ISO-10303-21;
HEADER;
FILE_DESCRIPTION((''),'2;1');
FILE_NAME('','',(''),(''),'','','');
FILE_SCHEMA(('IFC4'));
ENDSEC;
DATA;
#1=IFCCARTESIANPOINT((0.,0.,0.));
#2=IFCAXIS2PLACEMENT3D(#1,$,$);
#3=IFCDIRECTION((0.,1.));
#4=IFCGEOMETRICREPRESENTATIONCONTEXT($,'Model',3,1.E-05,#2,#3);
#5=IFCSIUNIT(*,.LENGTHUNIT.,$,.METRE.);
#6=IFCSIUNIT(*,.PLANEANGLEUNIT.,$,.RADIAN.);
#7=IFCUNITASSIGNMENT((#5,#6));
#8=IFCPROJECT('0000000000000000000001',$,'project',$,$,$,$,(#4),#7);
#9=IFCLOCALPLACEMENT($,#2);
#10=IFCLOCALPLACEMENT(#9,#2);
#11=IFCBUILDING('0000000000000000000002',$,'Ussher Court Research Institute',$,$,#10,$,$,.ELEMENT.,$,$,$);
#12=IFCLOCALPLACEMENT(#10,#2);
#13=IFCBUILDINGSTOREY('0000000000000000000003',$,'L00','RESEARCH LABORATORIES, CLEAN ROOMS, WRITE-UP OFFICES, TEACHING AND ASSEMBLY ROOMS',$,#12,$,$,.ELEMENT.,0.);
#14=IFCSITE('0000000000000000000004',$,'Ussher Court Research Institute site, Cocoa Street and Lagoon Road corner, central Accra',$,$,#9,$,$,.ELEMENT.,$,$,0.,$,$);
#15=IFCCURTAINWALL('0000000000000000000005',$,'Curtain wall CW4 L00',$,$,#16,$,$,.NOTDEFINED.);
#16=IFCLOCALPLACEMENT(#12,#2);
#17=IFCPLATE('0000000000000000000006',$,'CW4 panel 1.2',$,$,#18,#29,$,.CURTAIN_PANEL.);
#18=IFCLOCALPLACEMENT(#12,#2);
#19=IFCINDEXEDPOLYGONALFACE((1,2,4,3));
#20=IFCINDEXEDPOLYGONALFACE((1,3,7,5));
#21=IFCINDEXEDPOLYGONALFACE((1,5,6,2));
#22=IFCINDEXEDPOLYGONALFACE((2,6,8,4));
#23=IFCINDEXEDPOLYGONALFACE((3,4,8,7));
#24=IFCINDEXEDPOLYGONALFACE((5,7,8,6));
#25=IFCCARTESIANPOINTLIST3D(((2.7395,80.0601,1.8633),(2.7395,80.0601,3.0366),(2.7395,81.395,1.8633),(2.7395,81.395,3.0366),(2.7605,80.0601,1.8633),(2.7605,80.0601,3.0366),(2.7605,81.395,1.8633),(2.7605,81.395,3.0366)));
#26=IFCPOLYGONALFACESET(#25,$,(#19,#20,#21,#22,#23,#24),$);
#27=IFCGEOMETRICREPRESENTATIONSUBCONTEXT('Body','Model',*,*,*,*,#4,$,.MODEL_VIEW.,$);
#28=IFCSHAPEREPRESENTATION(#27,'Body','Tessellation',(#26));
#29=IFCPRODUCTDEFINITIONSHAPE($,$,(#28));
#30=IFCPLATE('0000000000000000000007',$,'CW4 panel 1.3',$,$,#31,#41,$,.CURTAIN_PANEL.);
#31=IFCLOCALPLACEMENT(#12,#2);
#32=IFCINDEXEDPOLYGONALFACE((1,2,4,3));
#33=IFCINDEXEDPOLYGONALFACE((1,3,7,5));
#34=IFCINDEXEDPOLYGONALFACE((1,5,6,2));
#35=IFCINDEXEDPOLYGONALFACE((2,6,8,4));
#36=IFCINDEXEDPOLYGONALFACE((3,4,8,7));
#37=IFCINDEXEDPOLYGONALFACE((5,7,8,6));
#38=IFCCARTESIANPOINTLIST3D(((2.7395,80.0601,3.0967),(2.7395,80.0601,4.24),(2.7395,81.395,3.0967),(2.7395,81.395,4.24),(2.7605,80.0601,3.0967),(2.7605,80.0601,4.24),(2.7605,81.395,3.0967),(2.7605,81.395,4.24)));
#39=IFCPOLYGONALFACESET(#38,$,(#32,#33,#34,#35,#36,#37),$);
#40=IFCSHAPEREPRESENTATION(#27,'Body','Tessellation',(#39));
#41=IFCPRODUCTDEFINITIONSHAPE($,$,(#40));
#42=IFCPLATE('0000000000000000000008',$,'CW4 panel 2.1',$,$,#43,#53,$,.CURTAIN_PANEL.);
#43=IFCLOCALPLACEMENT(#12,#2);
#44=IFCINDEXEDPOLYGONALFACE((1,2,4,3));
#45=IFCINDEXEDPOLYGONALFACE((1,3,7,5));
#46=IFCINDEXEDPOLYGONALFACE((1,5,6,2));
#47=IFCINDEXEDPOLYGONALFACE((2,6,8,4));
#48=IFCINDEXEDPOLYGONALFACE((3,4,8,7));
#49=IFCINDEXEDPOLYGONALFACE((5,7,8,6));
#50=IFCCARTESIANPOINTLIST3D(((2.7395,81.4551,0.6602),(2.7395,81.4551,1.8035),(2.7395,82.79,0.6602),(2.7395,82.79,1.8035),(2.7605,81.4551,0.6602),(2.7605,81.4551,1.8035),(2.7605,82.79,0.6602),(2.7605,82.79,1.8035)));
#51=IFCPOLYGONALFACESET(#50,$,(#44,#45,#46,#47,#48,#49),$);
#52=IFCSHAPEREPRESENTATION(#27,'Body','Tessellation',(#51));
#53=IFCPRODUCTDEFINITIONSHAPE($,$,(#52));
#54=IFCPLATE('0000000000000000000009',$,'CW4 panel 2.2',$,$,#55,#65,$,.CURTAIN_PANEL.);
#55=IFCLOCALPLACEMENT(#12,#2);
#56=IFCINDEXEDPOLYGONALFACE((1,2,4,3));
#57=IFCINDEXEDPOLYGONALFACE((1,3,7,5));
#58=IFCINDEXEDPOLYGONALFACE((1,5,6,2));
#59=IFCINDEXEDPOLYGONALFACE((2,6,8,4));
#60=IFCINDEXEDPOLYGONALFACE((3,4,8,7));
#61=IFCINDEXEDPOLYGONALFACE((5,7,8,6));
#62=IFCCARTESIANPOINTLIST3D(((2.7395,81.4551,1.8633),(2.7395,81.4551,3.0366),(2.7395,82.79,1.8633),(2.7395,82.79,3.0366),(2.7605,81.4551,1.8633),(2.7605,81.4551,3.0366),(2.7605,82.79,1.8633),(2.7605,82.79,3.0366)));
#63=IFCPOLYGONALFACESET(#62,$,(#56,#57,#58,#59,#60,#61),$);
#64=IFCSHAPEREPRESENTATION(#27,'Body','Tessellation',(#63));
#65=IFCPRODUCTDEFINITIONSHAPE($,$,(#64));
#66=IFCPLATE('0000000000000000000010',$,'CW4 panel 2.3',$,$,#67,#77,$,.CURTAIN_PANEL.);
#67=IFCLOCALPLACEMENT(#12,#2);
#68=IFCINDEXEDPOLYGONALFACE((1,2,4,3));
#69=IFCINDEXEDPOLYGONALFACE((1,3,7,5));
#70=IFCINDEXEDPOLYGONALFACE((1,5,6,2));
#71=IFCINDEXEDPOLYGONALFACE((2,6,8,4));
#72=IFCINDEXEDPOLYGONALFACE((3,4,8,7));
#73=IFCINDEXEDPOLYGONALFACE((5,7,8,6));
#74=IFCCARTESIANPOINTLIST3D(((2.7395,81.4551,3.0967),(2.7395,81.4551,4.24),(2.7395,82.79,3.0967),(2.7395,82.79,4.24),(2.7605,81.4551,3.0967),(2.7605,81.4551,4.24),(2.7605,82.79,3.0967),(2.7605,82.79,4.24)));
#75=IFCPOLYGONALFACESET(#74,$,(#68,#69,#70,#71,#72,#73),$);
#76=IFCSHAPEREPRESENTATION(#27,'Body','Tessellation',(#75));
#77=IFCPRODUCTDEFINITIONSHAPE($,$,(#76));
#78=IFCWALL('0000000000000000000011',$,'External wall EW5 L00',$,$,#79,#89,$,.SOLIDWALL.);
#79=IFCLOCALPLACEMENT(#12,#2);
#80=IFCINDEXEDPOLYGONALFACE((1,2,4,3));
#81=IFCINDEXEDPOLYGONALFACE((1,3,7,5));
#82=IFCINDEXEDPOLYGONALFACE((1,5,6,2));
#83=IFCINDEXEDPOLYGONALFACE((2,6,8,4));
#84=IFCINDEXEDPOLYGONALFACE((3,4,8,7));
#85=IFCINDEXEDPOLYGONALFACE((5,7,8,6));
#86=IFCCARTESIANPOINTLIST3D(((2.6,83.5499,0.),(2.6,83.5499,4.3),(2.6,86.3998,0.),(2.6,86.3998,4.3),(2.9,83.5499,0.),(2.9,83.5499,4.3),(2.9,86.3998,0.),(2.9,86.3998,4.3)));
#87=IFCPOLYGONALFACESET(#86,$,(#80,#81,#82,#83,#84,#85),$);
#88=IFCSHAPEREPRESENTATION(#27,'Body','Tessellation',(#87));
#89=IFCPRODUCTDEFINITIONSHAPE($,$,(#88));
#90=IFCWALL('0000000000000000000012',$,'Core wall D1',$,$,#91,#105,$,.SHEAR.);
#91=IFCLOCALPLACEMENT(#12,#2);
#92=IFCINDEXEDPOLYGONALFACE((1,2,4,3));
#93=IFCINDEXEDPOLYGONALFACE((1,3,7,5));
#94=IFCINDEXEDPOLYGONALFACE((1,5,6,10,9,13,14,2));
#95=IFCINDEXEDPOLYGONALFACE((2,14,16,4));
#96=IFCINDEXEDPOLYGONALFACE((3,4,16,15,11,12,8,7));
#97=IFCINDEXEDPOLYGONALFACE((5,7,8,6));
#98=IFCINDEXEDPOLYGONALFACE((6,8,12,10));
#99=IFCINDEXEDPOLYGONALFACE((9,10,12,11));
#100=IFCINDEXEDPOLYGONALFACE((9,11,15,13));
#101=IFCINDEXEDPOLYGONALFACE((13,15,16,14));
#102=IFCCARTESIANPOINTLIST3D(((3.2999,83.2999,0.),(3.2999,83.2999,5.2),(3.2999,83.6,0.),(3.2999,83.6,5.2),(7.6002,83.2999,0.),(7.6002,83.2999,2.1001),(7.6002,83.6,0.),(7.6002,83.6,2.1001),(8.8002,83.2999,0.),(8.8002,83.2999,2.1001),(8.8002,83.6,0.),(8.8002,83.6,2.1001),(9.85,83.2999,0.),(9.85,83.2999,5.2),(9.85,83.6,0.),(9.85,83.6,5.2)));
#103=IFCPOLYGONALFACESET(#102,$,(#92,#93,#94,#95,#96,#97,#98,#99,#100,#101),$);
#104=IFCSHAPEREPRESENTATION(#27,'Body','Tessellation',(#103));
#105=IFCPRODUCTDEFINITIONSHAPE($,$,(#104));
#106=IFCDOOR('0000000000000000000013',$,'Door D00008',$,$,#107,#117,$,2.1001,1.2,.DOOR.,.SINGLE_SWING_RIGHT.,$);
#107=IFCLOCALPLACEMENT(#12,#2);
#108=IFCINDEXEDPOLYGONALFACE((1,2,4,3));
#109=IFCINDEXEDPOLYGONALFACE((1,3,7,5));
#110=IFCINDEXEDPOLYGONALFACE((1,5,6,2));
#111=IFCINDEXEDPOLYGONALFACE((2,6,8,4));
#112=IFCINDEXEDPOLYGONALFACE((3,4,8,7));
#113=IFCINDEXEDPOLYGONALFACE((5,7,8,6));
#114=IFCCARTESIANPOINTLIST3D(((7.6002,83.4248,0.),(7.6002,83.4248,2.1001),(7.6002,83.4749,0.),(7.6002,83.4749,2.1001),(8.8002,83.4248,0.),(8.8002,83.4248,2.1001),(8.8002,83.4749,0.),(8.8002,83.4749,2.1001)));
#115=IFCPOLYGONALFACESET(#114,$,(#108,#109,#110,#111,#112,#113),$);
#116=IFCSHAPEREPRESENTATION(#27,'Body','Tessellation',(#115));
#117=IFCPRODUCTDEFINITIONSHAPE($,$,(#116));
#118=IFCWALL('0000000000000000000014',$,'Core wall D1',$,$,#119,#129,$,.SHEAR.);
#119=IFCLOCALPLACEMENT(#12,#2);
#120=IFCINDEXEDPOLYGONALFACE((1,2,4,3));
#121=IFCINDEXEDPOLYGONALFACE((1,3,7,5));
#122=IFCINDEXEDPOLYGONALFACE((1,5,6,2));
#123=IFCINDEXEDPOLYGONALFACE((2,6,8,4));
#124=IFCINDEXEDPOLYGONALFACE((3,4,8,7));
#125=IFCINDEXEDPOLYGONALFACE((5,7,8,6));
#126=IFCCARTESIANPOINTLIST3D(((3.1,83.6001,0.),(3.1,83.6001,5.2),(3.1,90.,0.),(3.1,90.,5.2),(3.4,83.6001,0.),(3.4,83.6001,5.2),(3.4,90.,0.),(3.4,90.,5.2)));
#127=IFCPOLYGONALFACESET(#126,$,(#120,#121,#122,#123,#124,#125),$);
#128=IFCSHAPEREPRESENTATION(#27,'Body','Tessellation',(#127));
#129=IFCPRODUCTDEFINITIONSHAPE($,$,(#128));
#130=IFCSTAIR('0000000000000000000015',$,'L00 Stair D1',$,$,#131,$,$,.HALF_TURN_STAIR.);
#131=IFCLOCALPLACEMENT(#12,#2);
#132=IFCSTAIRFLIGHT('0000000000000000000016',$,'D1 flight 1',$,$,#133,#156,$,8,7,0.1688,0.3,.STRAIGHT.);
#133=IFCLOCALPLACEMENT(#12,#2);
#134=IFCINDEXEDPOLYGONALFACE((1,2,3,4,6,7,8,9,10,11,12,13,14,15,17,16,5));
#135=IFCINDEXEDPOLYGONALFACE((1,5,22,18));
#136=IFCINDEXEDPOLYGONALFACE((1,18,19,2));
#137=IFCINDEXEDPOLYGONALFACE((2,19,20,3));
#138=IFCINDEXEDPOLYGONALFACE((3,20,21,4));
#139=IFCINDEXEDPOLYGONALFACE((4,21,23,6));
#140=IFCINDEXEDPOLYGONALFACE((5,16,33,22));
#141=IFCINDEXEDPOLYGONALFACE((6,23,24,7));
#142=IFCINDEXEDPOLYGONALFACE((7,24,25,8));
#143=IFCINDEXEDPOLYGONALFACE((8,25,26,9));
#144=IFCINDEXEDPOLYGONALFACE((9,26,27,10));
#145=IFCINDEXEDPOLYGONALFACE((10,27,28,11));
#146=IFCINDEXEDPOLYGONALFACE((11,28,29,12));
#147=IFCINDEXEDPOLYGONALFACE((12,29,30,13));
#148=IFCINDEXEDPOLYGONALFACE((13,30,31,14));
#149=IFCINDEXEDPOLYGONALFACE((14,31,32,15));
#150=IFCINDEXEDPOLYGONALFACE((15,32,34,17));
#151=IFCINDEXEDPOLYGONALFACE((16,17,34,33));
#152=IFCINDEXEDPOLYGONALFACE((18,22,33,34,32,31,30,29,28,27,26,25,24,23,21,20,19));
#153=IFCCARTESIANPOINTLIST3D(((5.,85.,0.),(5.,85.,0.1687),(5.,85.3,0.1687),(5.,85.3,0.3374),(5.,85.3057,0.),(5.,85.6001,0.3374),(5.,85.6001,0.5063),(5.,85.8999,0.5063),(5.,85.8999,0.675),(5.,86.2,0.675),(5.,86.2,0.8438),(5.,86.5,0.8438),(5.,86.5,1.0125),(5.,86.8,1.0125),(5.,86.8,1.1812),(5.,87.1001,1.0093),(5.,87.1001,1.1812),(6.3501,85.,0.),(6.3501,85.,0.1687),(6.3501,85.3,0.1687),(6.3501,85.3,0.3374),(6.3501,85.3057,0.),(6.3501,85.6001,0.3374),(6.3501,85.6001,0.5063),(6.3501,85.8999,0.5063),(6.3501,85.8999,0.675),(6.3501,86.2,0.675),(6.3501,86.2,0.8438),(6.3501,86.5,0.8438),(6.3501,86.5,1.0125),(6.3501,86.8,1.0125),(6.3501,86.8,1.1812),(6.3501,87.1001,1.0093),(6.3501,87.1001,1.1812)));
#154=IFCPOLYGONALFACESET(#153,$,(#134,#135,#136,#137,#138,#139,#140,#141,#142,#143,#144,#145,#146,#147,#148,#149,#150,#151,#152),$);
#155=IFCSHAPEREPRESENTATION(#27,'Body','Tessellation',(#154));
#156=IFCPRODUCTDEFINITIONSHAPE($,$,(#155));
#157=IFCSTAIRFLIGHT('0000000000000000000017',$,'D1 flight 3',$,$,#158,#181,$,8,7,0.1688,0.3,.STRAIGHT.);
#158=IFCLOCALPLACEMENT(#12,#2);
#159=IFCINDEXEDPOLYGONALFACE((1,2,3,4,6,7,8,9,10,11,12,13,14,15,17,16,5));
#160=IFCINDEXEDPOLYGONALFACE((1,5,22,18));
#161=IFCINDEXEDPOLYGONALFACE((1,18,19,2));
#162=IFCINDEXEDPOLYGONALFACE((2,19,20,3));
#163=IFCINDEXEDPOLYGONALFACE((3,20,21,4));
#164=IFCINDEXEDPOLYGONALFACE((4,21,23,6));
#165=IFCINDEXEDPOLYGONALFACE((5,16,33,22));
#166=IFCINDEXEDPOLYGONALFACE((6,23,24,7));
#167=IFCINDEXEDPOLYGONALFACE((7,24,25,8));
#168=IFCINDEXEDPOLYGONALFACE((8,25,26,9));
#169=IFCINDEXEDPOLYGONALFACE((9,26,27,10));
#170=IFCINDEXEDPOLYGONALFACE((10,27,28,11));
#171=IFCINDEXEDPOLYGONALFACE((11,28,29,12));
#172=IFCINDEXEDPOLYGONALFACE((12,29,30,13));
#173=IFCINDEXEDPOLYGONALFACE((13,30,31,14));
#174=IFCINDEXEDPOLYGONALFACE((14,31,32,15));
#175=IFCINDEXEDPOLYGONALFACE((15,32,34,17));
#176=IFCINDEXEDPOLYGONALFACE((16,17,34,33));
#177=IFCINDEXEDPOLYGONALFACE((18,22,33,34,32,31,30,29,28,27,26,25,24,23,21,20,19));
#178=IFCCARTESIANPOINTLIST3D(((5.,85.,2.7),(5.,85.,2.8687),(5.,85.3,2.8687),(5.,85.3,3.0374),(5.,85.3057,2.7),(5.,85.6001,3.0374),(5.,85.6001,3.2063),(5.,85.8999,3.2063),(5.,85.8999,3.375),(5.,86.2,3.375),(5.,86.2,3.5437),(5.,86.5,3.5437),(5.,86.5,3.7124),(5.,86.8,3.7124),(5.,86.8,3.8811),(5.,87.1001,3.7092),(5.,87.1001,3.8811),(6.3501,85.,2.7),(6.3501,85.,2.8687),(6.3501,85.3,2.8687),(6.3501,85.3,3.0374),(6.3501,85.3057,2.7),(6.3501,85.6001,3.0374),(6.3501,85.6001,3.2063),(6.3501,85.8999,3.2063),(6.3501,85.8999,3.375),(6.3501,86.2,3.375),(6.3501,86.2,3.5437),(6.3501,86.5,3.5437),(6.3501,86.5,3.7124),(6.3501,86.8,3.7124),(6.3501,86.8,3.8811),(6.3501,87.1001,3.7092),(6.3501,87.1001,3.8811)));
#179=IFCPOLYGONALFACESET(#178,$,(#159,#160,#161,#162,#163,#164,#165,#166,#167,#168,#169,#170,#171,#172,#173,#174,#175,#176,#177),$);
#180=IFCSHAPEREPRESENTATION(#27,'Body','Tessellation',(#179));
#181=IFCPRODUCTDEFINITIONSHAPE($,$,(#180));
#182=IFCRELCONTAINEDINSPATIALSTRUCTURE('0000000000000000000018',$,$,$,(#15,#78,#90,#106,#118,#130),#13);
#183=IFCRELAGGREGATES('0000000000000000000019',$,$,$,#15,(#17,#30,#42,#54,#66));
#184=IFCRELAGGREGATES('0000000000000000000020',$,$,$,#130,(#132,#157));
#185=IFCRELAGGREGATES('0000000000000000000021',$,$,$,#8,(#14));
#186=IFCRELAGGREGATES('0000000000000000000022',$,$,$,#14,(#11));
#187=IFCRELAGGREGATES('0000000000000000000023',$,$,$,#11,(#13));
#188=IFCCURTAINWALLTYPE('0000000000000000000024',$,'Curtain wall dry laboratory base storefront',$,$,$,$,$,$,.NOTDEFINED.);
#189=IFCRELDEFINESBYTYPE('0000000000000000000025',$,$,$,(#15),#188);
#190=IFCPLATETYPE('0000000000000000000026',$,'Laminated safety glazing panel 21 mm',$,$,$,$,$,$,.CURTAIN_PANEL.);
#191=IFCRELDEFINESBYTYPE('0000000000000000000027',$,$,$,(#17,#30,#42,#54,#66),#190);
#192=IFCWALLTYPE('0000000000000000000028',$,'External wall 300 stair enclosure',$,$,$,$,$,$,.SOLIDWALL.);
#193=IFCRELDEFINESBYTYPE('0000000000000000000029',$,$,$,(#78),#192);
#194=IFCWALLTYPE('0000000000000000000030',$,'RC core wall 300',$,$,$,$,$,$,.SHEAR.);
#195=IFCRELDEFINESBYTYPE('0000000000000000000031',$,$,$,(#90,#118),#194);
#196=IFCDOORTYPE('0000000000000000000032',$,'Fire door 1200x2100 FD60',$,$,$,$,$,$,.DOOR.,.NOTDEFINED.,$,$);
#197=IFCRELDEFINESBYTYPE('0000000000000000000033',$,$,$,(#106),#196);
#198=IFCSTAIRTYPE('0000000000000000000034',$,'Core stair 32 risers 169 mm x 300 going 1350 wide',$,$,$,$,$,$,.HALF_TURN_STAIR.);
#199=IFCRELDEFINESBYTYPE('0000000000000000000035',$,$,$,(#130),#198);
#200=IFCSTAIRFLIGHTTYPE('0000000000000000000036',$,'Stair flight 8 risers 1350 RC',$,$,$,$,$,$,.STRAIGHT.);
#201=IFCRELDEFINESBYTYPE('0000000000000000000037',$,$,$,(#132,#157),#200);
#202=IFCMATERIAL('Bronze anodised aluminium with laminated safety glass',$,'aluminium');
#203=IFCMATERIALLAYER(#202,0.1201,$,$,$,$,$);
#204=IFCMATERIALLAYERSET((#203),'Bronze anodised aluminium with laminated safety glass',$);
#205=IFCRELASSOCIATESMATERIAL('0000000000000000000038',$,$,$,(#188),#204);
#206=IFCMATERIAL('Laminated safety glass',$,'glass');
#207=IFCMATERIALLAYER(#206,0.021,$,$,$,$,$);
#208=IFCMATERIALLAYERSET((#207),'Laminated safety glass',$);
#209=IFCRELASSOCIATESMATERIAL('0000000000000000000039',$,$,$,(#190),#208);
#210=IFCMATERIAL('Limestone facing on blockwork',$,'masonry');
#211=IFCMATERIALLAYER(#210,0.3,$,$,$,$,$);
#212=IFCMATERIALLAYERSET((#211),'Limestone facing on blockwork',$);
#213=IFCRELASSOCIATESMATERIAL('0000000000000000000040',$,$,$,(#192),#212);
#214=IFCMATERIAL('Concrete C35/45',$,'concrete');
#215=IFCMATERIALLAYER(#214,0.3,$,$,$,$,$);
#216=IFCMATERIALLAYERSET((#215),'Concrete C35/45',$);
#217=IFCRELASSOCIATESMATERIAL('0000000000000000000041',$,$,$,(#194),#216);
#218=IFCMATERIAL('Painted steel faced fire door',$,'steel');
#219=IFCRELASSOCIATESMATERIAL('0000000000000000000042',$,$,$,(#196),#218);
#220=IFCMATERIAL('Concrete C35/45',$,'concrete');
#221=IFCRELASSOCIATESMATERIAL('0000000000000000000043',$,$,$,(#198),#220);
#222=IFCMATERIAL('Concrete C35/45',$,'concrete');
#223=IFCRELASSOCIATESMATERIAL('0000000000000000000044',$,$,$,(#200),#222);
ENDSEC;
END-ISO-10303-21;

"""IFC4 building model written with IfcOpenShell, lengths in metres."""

from ifc_helpers import new_model, si_unit, direction, frame, frame_2d, origin, origin_2d, place, context, subcontext, project, spatial, polyline, rectangle, outline, extrude, material, layer, layer_set, type_object, element, fill, aggregate, save


model = new_model("IFC4")

# Units and contexts
model_context = context("Model", 3, precision=1e-05, world=origin(), true_north=direction((0.0, 1.0)))
body_context = subcontext(model_context, "Body", "Model", "MODEL_VIEW")
ifc_project = project(units=[si_unit("LENGTHUNIT", "METRE"), si_unit("PLANEANGLEUNIT", "RADIAN")], contexts=[model_context])

# Site, building, storey
site_placement = place(None, origin())
site = spatial("IfcSite", under=ifc_project, at=site_placement, Name="Ussher Court Research Institute site, Cocoa Street and Lagoon Road corner, central Accra", CompositionType="ELEMENT", RefElevation=0.0)
building_placement = place(site_placement, origin())
building = spatial("IfcBuilding", under=site, at=building_placement, Name="Ussher Court Research Institute", CompositionType="ELEMENT")
storey_placement = place(building_placement, origin())
storey = spatial("IfcBuildingStorey", under=building, at=storey_placement, Name="L00", Description="RESEARCH LABORATORIES, CLEAN ROOMS, WRITE-UP OFFICES, TEACHING AND ASSEMBLY ROOMS", CompositionType="ELEMENT", Elevation=0.0)

# Curtain wall, plates
ifc_material_1 = material(Name="Bronze anodised aluminium with laminated safety glass", Category="aluminium")
ifc_layer_1 = layer(ifc_material_1, 0.1201)
ifc_layer_set_1 = layer_set([ifc_layer_1], Name="Bronze anodised aluminium with laminated safety glass")
curtain_wall_type = type_object("IfcCurtainWallType", Name="Curtain wall dry laboratory base storefront", PredefinedType="NOTDEFINED", material=ifc_layer_set_1)
curtain_wall_placement = place(storey_placement, origin())
curtain_wall = element("IfcCurtainWall", 1, at=curtain_wall_placement, inside=storey, type_object=curtain_wall_type, Name="Curtain wall CW4 L00", PredefinedType="NOTDEFINED")
ifc_material_2 = material(Name="Laminated safety glass", Category="glass")
ifc_layer_2 = layer(ifc_material_2, 0.021)
ifc_layer_set_2 = layer_set([ifc_layer_2], Name="Laminated safety glass")
plate_type = type_object("IfcPlateType", Name="Laminated safety glazing panel 21 mm", PredefinedType="CURTAIN_PANEL", material=ifc_layer_set_2)
plate_1_placement = place(storey_placement, frame((2.75, 80.7275, 1.8633), z_axis=(0.0, 0.0, 1.0), x_axis=(0.0, 1.0, 0.0)))
plate_1 = element("IfcPlate", 2, at=plate_1_placement, type_object=plate_type, Name="CW4 panel 1.2", PredefinedType="CURTAIN_PANEL", context=body_context, shape_type="SweptSolid", body=[
    extrude(rectangle(XDim=1.335, YDim=0.021, at=origin_2d()), origin(), (0.0, 0.0, 1.0), 1.1733),
])
plate_2_placement = place(storey_placement, frame((2.75, 80.7275, 3.0967), z_axis=(0.0, 0.0, 1.0), x_axis=(0.0, 1.0, 0.0)))
plate_2 = element("IfcPlate", 3, at=plate_2_placement, type_object=plate_type, Name="CW4 panel 1.3", PredefinedType="CURTAIN_PANEL", context=body_context, shape_type="SweptSolid", body=[
    extrude(rectangle(XDim=1.335, YDim=0.021, at=origin_2d()), origin(), (0.0, 0.0, 1.0), 1.1433),
])
plate_3_placement = place(storey_placement, frame((2.75, 82.1226, 0.6602), z_axis=(0.0, 0.0, 1.0), x_axis=(0.0, 1.0, 0.0)))
plate_3 = element("IfcPlate", 4, at=plate_3_placement, type_object=plate_type, Name="CW4 panel 2.1", PredefinedType="CURTAIN_PANEL", context=body_context, shape_type="SweptSolid", body=[
    extrude(rectangle(XDim=1.335, YDim=0.021, at=origin_2d()), origin(), (0.0, 0.0, 1.0), 1.1433),
])
plate_4_placement = place(storey_placement, frame((2.75, 82.1226, 1.8633), z_axis=(0.0, 0.0, 1.0), x_axis=(0.0, 1.0, 0.0)))
plate_4 = element("IfcPlate", 5, at=plate_4_placement, type_object=plate_type, Name="CW4 panel 2.2", PredefinedType="CURTAIN_PANEL", context=body_context, shape_type="SweptSolid", body=[
    extrude(rectangle(XDim=1.335, YDim=0.021, at=origin_2d()), origin(), (0.0, 0.0, 1.0), 1.1733),
])
plate_5_placement = place(storey_placement, frame((2.75, 82.1226, 3.0967), z_axis=(0.0, 0.0, 1.0), x_axis=(0.0, 1.0, 0.0)))
plate_5 = element("IfcPlate", 6, at=plate_5_placement, type_object=plate_type, Name="CW4 panel 2.3", PredefinedType="CURTAIN_PANEL", context=body_context, shape_type="SweptSolid", body=[
    extrude(rectangle(XDim=1.335, YDim=0.021, at=origin_2d()), origin(), (0.0, 0.0, 1.0), 1.1433),
])
aggregate(curtain_wall, [plate_1, plate_2, plate_3, plate_4, plate_5])

# Wall
ifc_material_3 = material(Name="Limestone facing on blockwork", Category="masonry")
ifc_layer_3 = layer(ifc_material_3, 0.3)
ifc_layer_set_3 = layer_set([ifc_layer_3], Name="Limestone facing on blockwork")
wall_type_1 = type_object("IfcWallType", Name="External wall 300 stair enclosure", PredefinedType="SOLIDWALL", material=ifc_layer_set_3)
wall_1_placement = place(storey_placement, frame((2.75, 83.55, 0.0), z_axis=(0.0, 0.0, 1.0), x_axis=(0.0, 1.0, 0.0)))
element("IfcWall", 7, at=wall_1_placement, inside=storey, type_object=wall_type_1, Name="External wall EW5 L00", PredefinedType="SOLIDWALL", context=body_context, shape_type="SweptSolid", body=[
    extrude(rectangle(XDim=2.8499, YDim=0.3, at=frame_2d((1.4248, 0.0))), origin(), (0.0, 0.0, 1.0), 4.3),
])

# Wall, opening, door
ifc_material_4 = material(Name="Concrete C35/45", Category="concrete")
ifc_layer_4 = layer(ifc_material_4, 0.3)
ifc_layer_set_4 = layer_set([ifc_layer_4], Name="Concrete C35/45")
wall_type_2 = type_object("IfcWallType", Name="RC core wall 300", PredefinedType="SHEAR", material=ifc_layer_set_4)
wall_2_placement = place(storey_placement, frame((3.3, 83.45, 0.0), z_axis=(0.0, 0.0, 1.0), x_axis=(1.0, 0.0, 0.0)))
wall_2 = element("IfcWall", 8, at=wall_2_placement, inside=storey, type_object=wall_type_2, Name="Core wall D1", PredefinedType="SHEAR", context=body_context, shape_type="SweptSolid", body=[
    extrude(rectangle(XDim=6.55, YDim=0.3, at=frame_2d((3.2749, 0.0))), origin(), (0.0, 0.0, 1.0), 5.2),
])
opening_placement = place(wall_2_placement, frame((4.3, 0.0, 0.0)))
opening = element("IfcOpeningElement", 9, at=opening_placement, cuts=wall_2, PredefinedType="OPENING", context=body_context, shape_type="SweptSolid", body=[
    extrude(rectangle(XDim=1.2, YDim=2.1001, at=frame_2d((0.6001, 1.05))), frame((0.0, 0.1602, 0.0), z_axis=(0.0, -1.0, 0.0), x_axis=(1.0, 0.0, 0.0)), (0.0, 0.0, 1.0), 0.3201),
])
ifc_material_5 = material(Name="Painted steel faced fire door", Category="steel")
door_type = type_object("IfcDoorType", Name="Fire door 1200x2100 FD60", OperationType="NOTDEFINED", PredefinedType="DOOR", material=ifc_material_5)
door_placement = place(opening_placement, origin())
door = element("IfcDoor", 10, at=door_placement, inside=storey, type_object=door_type, Name="Door D00008", OperationType="SINGLE_SWING_RIGHT", OverallHeight=2.1001, OverallWidth=1.2, PredefinedType="DOOR", context=body_context, shape_type="SweptSolid", body=[
    extrude(rectangle(XDim=1.2, YDim=2.1001, at=frame_2d((0.6001, 1.05))), frame((0.0, 0.0249, 0.0), z_axis=(0.0, -1.0, 0.0), x_axis=(1.0, 0.0, 0.0)), (0.0, 0.0, 1.0), 0.05),
])
fill(opening, door)

# Wall
wall_3_placement = place(storey_placement, frame((3.25, 83.6001, 0.0), z_axis=(0.0, 0.0, 1.0), x_axis=(0.0, 1.0, 0.0)))
element("IfcWall", 11, at=wall_3_placement, inside=storey, type_object=wall_type_2, Name="Core wall D1", PredefinedType="SHEAR", context=body_context, shape_type="SweptSolid", body=[
    extrude(rectangle(XDim=6.3999, YDim=0.3, at=frame_2d((3.2, 0.0))), origin(), (0.0, 0.0, 1.0), 5.2),
])

# Stair, stair flights
ifc_material_6 = material(Name="Concrete C35/45", Category="concrete")
stair_type = type_object("IfcStairType", Name="Core stair 32 risers 169 mm x 300 going 1350 wide", PredefinedType="HALF_TURN_STAIR", material=ifc_material_6)
stair_placement = place(storey_placement, origin())
stair = element("IfcStair", 12, at=stair_placement, inside=storey, type_object=stair_type, Name="L00 Stair D1", PredefinedType="HALF_TURN_STAIR")
ifc_material_7 = material(Name="Concrete C35/45", Category="concrete")
stair_flight_type = type_object("IfcStairFlightType", Name="Stair flight 8 risers 1350 RC", PredefinedType="STRAIGHT", material=ifc_material_7)
stair_flight_1_placement = place(storey_placement, frame((5.675, 85.0, 0.0), z_axis=(0.0, 0.0, 1.0), x_axis=(0.0, 1.0, 0.0)))
stair_flight_1 = element("IfcStairFlight", 13, at=stair_flight_1_placement, type_object=stair_flight_type, Name="D1 flight 1", NumberOfRisers=8, NumberOfTreads=7, PredefinedType="STRAIGHT", RiserHeight=0.1688, TreadLength=0.3, context=body_context, shape_type="SweptSolid", body=[
    extrude(outline(polyline([(0.0, 0.0), (0.0, 0.1687), (0.3, 0.1687), (0.3, 0.3374), (0.6001, 0.3374), (0.6001, 0.5063), (0.8999, 0.5063), (0.8999, 0.675), (1.2, 0.675), (1.2, 0.8438), (1.5, 0.8438), (1.5, 1.0125), (1.8, 1.0125), (1.8, 1.1812), (2.1001, 1.1812), (2.1001, 1.3501), (2.1001, 1.0093), (0.3057, 0.0), (0.0, 0.0)])), frame((0.0, 0.675, 0.0), z_axis=(0.0, -1.0, 0.0), x_axis=(1.0, 0.0, 0.0)), (0.0, 0.0, 1.0), 1.3501),
])
stair_flight_2_placement = place(storey_placement, frame((5.675, 85.0, 2.7), z_axis=(0.0, 0.0, 1.0), x_axis=(0.0, 1.0, 0.0)))
stair_flight_2 = element("IfcStairFlight", 14, at=stair_flight_2_placement, type_object=stair_flight_type, Name="D1 flight 3", NumberOfRisers=8, NumberOfTreads=7, PredefinedType="STRAIGHT", RiserHeight=0.1688, TreadLength=0.3, context=body_context, shape_type="SweptSolid", body=[
    extrude(outline(polyline([(0.0, 0.0), (0.0, 0.1687), (0.3, 0.1687), (0.3, 0.3374), (0.6001, 0.3374), (0.6001, 0.5063), (0.8999, 0.5063), (0.8999, 0.675), (1.2, 0.675), (1.2, 0.8438), (1.5, 0.8438), (1.5, 1.0125), (1.8, 1.0125), (1.8, 1.1812), (2.1001, 1.1812), (2.1001, 1.3501), (2.1001, 1.0093), (0.3057, 0.0), (0.0, 0.0)])), frame((0.0, 0.675, 0.0), z_axis=(0.0, -1.0, 0.0), x_axis=(1.0, 0.0, 0.0)), (0.0, 0.0, 1.0), 1.3501),
])
aggregate(stair, [stair_flight_1, stair_flight_2])

save(model, "model.ifc")
